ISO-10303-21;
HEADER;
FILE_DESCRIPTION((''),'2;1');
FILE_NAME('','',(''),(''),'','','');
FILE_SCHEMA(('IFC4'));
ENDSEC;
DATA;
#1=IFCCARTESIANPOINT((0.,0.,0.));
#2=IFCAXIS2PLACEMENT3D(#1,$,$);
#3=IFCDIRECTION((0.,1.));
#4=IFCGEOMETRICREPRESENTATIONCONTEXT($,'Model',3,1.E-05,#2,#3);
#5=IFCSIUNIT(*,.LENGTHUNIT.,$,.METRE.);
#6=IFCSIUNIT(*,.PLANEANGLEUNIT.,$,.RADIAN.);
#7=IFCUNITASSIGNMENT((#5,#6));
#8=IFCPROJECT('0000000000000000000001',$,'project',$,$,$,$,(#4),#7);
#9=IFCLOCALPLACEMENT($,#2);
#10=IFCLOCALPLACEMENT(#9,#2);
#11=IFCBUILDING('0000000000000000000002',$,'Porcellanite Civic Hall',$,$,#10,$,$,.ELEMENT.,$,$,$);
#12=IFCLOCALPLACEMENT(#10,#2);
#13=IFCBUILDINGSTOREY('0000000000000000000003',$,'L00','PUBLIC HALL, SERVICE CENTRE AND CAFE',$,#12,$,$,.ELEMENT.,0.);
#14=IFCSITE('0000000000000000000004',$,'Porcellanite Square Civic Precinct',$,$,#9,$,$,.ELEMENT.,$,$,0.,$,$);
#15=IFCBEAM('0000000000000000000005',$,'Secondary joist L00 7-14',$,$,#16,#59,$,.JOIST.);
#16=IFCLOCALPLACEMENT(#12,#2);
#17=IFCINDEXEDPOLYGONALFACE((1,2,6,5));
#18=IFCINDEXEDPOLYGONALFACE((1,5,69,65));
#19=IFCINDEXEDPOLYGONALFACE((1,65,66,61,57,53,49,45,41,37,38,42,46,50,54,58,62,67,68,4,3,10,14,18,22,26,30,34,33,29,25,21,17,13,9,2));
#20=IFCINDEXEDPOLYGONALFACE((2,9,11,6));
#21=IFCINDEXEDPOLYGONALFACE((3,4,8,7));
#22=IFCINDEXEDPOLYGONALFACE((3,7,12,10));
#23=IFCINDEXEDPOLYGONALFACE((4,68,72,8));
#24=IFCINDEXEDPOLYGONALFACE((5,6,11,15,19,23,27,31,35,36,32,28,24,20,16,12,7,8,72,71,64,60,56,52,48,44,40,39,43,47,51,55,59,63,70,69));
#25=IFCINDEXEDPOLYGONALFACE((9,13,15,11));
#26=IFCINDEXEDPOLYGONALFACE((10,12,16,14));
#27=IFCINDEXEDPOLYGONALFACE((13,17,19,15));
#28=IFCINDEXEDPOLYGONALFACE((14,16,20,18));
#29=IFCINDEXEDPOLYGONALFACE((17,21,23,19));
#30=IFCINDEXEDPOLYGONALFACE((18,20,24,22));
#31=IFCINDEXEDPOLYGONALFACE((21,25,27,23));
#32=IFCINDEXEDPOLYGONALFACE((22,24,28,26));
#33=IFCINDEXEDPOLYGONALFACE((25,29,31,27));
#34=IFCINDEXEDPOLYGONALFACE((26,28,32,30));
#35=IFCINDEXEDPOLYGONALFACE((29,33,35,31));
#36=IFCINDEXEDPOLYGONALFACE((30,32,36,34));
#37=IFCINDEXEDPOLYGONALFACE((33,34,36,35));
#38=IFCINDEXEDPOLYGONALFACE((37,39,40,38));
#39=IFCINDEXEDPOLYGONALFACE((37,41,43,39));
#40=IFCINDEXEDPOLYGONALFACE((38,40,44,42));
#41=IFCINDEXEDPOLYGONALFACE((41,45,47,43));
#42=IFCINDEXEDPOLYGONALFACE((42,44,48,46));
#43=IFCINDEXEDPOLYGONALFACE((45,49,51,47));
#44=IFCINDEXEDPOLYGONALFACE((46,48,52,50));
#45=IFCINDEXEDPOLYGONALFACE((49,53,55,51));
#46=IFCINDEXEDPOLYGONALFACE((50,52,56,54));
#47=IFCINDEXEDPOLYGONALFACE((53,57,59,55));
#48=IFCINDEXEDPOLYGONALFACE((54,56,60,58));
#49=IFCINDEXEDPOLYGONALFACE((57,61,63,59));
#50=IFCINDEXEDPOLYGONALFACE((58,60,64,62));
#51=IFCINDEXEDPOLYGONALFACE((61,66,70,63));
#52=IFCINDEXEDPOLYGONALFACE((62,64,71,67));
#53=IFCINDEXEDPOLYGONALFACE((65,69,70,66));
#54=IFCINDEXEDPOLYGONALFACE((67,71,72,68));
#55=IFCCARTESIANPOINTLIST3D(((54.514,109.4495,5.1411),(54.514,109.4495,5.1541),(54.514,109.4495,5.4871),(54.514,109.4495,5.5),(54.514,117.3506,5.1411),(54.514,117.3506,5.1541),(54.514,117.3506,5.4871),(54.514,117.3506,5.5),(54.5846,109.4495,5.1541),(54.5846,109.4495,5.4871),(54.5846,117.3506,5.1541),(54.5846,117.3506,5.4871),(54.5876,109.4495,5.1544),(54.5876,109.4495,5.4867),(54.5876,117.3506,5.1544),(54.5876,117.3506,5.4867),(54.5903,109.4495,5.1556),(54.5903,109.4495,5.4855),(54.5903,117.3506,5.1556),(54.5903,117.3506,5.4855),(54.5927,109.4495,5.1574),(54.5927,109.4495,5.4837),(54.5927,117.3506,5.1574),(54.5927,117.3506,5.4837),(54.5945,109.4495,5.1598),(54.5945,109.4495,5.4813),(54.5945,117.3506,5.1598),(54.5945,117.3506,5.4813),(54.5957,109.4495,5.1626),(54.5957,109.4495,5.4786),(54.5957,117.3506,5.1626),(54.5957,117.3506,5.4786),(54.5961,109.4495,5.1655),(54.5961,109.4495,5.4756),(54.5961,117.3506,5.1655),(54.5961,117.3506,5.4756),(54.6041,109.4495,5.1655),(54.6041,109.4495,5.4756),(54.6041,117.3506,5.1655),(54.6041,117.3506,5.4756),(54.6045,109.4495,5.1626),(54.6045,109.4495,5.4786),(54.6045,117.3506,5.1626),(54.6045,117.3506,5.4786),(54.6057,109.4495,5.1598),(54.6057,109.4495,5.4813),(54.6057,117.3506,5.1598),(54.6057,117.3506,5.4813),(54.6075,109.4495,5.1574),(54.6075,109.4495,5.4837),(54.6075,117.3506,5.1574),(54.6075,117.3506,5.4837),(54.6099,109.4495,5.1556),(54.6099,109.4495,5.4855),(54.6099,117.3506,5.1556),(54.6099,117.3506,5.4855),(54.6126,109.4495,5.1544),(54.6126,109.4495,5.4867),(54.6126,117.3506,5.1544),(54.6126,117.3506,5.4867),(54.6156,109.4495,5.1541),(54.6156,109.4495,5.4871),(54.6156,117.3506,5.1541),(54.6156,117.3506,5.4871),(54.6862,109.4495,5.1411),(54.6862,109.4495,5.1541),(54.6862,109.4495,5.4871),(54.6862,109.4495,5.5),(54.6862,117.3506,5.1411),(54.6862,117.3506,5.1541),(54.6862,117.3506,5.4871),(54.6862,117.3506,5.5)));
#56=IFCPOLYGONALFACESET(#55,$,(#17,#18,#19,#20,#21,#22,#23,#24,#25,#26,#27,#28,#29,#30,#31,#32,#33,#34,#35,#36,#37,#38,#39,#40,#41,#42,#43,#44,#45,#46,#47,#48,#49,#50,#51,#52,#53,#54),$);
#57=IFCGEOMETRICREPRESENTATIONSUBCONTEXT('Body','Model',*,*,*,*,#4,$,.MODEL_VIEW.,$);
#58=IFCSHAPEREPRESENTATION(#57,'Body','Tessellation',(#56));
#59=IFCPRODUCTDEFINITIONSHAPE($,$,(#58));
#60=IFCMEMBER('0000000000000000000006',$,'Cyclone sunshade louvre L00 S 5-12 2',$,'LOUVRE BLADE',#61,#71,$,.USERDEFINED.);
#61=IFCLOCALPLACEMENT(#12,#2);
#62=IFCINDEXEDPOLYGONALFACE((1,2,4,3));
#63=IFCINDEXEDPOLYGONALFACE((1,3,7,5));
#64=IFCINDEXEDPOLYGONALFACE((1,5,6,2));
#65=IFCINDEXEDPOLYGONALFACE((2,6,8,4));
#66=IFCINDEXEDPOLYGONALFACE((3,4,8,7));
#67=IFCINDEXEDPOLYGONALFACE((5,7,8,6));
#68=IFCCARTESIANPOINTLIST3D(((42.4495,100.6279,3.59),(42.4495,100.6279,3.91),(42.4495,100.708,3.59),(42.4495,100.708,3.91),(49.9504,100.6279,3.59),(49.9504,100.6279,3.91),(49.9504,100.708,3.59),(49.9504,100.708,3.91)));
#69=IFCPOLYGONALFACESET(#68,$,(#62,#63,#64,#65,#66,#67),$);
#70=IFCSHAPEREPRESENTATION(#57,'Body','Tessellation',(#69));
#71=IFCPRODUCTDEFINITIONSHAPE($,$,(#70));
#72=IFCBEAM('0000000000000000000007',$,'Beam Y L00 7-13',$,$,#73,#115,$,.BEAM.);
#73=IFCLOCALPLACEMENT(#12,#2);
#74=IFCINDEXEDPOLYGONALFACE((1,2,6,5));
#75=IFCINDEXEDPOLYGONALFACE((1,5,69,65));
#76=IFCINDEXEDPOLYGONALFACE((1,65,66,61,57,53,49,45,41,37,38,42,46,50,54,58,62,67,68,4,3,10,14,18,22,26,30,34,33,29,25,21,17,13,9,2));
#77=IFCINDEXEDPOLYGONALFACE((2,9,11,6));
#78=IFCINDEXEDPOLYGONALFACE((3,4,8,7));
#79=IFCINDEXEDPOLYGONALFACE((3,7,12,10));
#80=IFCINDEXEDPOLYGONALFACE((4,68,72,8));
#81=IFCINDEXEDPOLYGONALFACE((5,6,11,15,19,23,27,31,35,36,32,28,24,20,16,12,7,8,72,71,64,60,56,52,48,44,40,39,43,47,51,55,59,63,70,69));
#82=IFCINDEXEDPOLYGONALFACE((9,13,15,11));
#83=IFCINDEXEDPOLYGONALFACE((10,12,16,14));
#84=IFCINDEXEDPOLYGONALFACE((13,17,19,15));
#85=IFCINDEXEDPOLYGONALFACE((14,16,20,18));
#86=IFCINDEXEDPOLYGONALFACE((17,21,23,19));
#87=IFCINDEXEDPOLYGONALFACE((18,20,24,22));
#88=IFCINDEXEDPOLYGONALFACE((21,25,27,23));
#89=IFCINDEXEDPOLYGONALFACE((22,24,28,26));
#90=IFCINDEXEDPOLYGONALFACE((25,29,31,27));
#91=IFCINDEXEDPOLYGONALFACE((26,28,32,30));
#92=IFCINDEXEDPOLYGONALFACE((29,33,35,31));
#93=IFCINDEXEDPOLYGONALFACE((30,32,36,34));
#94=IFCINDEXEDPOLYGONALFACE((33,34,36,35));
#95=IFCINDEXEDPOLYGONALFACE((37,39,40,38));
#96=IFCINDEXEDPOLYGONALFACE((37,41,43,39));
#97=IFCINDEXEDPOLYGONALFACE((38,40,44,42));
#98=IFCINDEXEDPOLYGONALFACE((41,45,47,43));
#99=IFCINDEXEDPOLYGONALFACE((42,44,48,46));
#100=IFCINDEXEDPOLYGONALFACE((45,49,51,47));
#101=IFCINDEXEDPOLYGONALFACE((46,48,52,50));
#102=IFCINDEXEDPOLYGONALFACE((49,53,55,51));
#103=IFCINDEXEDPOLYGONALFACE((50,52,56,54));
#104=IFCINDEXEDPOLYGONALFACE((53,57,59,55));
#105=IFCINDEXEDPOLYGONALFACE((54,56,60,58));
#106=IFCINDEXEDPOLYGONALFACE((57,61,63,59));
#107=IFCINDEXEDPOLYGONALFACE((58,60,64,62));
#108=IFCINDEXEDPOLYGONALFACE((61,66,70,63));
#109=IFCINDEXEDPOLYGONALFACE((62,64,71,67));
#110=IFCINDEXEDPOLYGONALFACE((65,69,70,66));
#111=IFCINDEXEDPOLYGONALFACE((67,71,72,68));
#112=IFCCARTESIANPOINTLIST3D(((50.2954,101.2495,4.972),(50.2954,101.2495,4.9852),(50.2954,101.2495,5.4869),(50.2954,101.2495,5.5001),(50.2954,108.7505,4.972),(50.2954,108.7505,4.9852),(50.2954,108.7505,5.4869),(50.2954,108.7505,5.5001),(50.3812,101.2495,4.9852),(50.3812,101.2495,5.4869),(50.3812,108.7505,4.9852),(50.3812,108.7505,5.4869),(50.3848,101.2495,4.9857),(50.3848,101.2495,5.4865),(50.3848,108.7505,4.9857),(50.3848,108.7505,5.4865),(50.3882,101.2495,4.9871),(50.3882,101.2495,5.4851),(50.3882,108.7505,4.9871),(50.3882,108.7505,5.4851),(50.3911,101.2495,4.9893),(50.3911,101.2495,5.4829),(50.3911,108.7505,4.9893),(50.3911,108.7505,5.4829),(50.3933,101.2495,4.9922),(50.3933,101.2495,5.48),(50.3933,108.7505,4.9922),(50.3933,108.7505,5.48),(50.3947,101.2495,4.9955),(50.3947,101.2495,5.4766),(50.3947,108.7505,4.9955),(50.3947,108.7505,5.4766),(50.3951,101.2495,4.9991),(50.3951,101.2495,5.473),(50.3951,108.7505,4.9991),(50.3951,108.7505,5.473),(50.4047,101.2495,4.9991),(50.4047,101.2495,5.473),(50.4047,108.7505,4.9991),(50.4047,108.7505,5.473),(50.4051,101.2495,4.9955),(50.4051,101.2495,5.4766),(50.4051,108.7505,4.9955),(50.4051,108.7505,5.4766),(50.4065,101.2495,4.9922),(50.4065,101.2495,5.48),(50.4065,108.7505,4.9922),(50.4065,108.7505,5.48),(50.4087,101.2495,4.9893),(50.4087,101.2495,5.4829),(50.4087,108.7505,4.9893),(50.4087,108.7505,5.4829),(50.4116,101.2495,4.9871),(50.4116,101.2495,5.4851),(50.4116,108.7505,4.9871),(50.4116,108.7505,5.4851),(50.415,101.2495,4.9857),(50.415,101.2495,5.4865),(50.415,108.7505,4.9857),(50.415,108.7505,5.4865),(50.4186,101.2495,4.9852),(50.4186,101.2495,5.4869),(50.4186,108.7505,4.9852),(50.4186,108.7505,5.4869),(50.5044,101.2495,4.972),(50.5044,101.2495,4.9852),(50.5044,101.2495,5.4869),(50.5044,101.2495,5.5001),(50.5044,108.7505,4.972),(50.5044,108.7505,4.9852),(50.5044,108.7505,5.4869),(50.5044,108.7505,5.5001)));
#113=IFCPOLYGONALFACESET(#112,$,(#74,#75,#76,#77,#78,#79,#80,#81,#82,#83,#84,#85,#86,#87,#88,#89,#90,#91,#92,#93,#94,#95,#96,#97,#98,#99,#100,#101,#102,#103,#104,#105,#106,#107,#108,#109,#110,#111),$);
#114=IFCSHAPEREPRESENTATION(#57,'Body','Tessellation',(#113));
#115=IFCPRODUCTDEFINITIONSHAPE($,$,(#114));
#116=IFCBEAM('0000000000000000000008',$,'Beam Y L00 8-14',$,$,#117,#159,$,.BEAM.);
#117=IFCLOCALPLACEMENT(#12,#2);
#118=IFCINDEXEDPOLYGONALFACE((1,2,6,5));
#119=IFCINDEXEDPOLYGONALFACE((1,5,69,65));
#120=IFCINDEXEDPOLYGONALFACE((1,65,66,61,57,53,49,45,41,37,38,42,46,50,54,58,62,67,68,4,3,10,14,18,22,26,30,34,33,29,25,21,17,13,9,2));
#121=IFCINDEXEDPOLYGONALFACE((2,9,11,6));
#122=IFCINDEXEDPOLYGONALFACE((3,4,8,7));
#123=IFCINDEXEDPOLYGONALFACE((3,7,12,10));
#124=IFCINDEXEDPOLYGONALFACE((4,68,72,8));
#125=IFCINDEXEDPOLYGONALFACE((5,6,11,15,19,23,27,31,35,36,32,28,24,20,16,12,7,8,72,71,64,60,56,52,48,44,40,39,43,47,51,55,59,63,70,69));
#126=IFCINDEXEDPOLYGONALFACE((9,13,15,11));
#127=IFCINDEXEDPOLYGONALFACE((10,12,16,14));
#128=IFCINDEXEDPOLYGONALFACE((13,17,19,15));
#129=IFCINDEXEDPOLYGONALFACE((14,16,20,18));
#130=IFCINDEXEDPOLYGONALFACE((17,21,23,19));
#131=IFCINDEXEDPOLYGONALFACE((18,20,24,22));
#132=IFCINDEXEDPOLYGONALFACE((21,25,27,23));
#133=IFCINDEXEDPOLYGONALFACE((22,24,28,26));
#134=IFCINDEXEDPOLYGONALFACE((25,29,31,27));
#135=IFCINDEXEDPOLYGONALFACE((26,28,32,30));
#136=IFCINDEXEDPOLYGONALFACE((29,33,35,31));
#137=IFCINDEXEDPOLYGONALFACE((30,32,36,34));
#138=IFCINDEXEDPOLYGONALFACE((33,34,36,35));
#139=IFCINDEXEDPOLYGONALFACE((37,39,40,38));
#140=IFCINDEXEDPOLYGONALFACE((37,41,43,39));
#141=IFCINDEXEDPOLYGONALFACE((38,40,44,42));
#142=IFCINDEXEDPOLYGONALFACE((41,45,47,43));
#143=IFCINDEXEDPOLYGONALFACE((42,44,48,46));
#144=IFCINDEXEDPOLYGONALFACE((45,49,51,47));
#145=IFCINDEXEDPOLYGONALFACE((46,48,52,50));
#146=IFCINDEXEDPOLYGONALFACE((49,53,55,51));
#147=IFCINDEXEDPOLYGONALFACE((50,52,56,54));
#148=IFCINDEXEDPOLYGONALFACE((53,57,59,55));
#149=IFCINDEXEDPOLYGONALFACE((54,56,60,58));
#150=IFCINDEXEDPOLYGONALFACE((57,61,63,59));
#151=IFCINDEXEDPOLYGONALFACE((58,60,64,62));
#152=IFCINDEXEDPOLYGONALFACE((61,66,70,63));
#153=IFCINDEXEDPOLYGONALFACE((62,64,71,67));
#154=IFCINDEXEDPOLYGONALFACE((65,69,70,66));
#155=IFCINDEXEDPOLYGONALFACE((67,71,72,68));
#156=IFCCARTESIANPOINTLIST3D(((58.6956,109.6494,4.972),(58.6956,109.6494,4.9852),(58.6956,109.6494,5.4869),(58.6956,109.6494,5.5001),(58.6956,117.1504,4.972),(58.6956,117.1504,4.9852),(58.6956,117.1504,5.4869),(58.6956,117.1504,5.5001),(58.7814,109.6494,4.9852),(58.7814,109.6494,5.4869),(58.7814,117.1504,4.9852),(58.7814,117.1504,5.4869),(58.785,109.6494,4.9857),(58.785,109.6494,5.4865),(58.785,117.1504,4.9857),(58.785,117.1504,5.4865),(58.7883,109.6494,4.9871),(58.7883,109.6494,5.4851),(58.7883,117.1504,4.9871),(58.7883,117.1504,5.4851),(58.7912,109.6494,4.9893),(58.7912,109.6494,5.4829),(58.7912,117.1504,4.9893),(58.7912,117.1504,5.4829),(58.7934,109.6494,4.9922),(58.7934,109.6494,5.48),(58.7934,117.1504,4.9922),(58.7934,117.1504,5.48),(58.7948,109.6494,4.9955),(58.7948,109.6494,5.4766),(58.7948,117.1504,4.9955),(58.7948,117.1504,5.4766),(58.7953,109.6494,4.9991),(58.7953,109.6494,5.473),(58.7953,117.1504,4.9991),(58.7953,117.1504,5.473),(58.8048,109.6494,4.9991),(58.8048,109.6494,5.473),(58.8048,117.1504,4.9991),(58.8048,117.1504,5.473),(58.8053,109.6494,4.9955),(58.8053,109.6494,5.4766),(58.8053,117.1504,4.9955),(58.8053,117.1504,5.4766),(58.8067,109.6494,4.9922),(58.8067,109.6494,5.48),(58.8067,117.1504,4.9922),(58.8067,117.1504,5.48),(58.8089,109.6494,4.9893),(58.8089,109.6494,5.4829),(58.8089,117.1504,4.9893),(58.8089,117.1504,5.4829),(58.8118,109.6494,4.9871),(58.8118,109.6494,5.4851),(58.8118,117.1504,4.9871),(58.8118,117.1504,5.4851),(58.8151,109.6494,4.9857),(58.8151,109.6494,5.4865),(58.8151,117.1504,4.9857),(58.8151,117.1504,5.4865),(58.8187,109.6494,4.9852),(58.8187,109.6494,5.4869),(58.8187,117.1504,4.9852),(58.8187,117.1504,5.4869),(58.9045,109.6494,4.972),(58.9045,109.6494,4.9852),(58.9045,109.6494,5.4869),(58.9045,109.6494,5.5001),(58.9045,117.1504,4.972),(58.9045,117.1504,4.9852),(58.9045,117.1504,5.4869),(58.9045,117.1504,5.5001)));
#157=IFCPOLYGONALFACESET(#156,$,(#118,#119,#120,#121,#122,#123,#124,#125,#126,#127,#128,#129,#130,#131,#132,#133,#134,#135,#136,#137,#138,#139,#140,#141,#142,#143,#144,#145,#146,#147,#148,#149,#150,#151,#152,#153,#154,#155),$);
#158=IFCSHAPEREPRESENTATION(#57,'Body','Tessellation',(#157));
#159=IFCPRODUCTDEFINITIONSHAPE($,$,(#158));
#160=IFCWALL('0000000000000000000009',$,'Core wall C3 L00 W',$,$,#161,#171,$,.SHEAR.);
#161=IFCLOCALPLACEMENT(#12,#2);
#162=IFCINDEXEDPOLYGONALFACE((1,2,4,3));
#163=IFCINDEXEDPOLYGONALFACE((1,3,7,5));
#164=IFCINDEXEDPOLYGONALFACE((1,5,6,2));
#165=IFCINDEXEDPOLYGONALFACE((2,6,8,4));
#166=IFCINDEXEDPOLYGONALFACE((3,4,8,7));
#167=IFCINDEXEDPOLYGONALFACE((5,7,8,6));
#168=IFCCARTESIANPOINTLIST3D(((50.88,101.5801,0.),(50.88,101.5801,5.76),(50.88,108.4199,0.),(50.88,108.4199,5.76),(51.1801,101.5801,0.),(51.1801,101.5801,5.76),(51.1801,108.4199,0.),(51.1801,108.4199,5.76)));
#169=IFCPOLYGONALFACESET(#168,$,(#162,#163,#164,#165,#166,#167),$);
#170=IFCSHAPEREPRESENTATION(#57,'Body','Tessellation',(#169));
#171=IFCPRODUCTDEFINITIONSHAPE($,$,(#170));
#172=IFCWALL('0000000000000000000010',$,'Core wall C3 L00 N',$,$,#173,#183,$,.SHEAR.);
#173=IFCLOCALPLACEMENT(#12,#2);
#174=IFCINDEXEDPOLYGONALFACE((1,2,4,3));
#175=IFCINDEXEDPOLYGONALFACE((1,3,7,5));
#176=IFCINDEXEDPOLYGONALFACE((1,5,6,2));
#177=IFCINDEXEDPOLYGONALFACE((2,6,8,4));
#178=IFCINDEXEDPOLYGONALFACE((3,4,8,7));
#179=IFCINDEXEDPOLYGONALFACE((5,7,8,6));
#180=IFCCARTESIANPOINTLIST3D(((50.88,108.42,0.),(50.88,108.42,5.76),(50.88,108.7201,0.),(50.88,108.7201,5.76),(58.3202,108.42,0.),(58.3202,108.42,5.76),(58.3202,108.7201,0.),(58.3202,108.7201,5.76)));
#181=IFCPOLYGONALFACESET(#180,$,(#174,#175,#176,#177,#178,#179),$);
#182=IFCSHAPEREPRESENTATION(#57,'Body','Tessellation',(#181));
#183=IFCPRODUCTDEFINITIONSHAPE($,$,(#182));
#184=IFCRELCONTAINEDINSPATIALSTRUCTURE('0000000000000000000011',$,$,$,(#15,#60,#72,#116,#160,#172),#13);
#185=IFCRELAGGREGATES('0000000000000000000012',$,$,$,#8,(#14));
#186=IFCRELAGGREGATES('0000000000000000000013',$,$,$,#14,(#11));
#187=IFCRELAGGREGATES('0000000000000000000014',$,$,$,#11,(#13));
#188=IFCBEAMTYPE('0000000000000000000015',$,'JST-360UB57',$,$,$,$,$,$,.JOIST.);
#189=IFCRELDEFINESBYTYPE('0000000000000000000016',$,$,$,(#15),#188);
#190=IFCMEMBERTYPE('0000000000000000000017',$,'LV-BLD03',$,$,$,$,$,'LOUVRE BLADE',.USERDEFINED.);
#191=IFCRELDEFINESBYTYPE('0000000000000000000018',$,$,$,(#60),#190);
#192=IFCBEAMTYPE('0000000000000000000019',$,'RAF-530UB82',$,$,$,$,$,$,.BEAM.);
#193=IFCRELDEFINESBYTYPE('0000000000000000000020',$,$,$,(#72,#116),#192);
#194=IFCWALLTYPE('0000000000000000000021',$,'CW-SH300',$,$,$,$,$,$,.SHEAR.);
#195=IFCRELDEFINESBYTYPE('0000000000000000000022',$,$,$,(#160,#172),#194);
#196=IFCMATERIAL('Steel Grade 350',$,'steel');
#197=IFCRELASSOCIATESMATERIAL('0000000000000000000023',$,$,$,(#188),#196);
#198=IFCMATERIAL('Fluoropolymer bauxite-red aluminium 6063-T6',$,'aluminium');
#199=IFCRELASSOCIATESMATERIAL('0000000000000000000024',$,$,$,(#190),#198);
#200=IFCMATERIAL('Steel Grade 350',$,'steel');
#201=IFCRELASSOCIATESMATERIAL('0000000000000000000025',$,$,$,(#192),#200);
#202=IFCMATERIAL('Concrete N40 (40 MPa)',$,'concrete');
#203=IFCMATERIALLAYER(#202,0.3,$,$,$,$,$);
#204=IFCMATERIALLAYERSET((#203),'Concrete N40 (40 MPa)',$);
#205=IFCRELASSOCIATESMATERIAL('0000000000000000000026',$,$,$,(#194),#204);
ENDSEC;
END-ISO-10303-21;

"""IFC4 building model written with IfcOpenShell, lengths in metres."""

from ifc_helpers import new_model, si_unit, direction, frame, frame_2d, origin, origin_2d, place, context, subcontext, project, spatial, rectangle, i_section, extrude, material, layer, layer_set, material_profile, profile_set, type_object, element, save


model = new_model("IFC4")

# Units and contexts
model_context = context("Model", 3, precision=1e-05, world=origin(), true_north=direction((0.0, 1.0)))
body_context = subcontext(model_context, "Body", "Model", "MODEL_VIEW")
ifc_project = project(units=[si_unit("LENGTHUNIT", "METRE"), si_unit("PLANEANGLEUNIT", "RADIAN")], contexts=[model_context])

# Site, building, storey
site_placement = place(None, origin())
site = spatial("IfcSite", under=ifc_project, at=site_placement, Name="Porcellanite Square Civic Precinct", CompositionType="ELEMENT", RefElevation=0.0)
building_placement = place(site_placement, origin())
building = spatial("IfcBuilding", under=site, at=building_placement, Name="Porcellanite Civic Hall", CompositionType="ELEMENT")
storey_placement = place(building_placement, origin())
storey = spatial("IfcBuildingStorey", under=building, at=storey_placement, Name="L00", Description="PUBLIC HALL, SERVICE CENTRE AND CAFE", CompositionType="ELEMENT", Elevation=0.0)

# Beam
ifc_material_1 = material(Name="Steel Grade 350", Category="steel")
ifc_material_profile_1 = material_profile(ifc_material_1, i_section(OverallWidth=0.1721, OverallDepth=0.3589, WebThickness=0.0081, FlangeThickness=0.0129, FilletRadius=0.0115, at=origin_2d()), Name="360UB56.7")
ifc_profile_set_1 = profile_set([ifc_material_profile_1], Name="Steel Grade 350")
beam_type_1 = type_object("IfcBeamType", Name="JST-360UB57", PredefinedType="JOIST", material=ifc_profile_set_1)
beam_1_placement = place(storey_placement, frame((54.6001, 109.4495, 5.3206), z_axis=(0.0, 1.0, 0.0), x_axis=(-1.0, 0.0, 0.0)))
element("IfcBeam", 1, at=beam_1_placement, inside=storey, type_object=beam_type_1, Name="Secondary joist L00 7-14", PredefinedType="JOIST", context=body_context, shape_type="SweptSolid", body=[
    extrude(i_section(OverallWidth=0.1721, OverallDepth=0.3589, WebThickness=0.0081, FlangeThickness=0.0129, FilletRadius=0.0115, at=origin_2d()), origin(), (0.0, 0.0, 1.0), 7.9011),
])

# Member
ifc_material_2 = material(Name="Fluoropolymer bauxite-red aluminium 6063-T6", Category="aluminium")
ifc_material_profile_2 = material_profile(ifc_material_2, rectangle(XDim=0.0801, YDim=0.3201, at=origin_2d()), Name="AL-80x320")
ifc_profile_set_2 = profile_set([ifc_material_profile_2], Name="Fluoropolymer bauxite-red aluminium 6063-T6")
member_type_1 = type_object("IfcMemberType", Name="LV-BLD03", ElementType="LOUVRE BLADE", PredefinedType="USERDEFINED", material=ifc_profile_set_2)
member_1_placement = place(storey_placement, frame((49.9504, 100.668, 3.75), z_axis=(-1.0, 0.0, 0.0), x_axis=(0.0, -1.0, 0.0)))
element("IfcMember", 2, at=member_1_placement, inside=storey, type_object=member_type_1, Name="Cyclone sunshade louvre L00 S 5-12 2", ObjectType="LOUVRE BLADE", PredefinedType="USERDEFINED", context=body_context, shape_type="SweptSolid", body=[
    extrude(rectangle(XDim=0.0801, YDim=0.3201, at=origin_2d()), origin(), (0.0, 0.0, 1.0), 7.501),
])

# Beams
ifc_material_3 = material(Name="Steel Grade 350", Category="steel")
ifc_material_profile_3 = material_profile(ifc_material_3, i_section(OverallWidth=0.209, OverallDepth=0.5281, WebThickness=0.0095, FlangeThickness=0.0132, FilletRadius=0.0139, at=origin_2d()), Name="530UB82.0")
ifc_profile_set_3 = profile_set([ifc_material_profile_3], Name="Steel Grade 350")
beam_type_2 = type_object("IfcBeamType", Name="RAF-530UB82", PredefinedType="BEAM", material=ifc_profile_set_3)
for number, where, z_axis, x_axis, name in (
    (3, (50.3999, 101.2495, 5.2361), (0.0, 1.0, 0.0), (-1.0, 0.0, 0.0), "Beam Y L00 7-13"),
    (4, (58.8, 109.6494, 5.2361), (0.0, 1.0, 0.0), (-1.0, 0.0, 0.0), "Beam Y L00 8-14"),
):
    element("IfcBeam", number, at=place(storey_placement, frame(where, z_axis=z_axis, x_axis=x_axis)), inside=storey, type_object=beam_type_2, Name=name, PredefinedType="BEAM", context=body_context, shape_type="SweptSolid", body=[
        extrude(i_section(OverallWidth=0.209, OverallDepth=0.5281, WebThickness=0.0095, FlangeThickness=0.0132, FilletRadius=0.0139, at=origin_2d()), origin(), (0.0, 0.0, 1.0), 7.501),
    ])

# Shared definitions
ifc_material_4 = material(Name="Concrete N40 (40 MPa)", Category="concrete")
ifc_layer_1 = layer(ifc_material_4, 0.3)
ifc_layer_set_1 = layer_set([ifc_layer_1], Name="Concrete N40 (40 MPa)")
wall_type_1 = type_object("IfcWallType", Name="CW-SH300", PredefinedType="SHEAR", material=ifc_layer_set_1)

# Walls
wall_1_placement = place(storey_placement, frame((51.03, 101.5801, 0.0), z_axis=(0.0, 0.0, 1.0), x_axis=(0.0, 1.0, 0.0)))
element("IfcWall", 5, at=wall_1_placement, inside=storey, type_object=wall_type_1, Name="Core wall C3 L00 W", PredefinedType="SHEAR", context=body_context, shape_type="SweptSolid", body=[
    extrude(rectangle(XDim=6.8398, YDim=0.3, at=frame_2d((3.4199, 0.0))), origin(), (0.0, 0.0, 1.0), 5.76),
])
wall_2_placement = place(storey_placement, frame((50.8799, 108.5701, 0.0), z_axis=(0.0, 0.0, 1.0), x_axis=(1.0, 0.0, 0.0)))
element("IfcWall", 6, at=wall_2_placement, inside=storey, type_object=wall_type_1, Name="Core wall C3 L00 N", PredefinedType="SHEAR", context=body_context, shape_type="SweptSolid", body=[
    extrude(rectangle(XDim=7.4402, YDim=0.3, at=frame_2d((3.7202, 0.0))), origin(), (0.0, 0.0, 1.0), 5.76),
])

save(model, "model.ifc")
